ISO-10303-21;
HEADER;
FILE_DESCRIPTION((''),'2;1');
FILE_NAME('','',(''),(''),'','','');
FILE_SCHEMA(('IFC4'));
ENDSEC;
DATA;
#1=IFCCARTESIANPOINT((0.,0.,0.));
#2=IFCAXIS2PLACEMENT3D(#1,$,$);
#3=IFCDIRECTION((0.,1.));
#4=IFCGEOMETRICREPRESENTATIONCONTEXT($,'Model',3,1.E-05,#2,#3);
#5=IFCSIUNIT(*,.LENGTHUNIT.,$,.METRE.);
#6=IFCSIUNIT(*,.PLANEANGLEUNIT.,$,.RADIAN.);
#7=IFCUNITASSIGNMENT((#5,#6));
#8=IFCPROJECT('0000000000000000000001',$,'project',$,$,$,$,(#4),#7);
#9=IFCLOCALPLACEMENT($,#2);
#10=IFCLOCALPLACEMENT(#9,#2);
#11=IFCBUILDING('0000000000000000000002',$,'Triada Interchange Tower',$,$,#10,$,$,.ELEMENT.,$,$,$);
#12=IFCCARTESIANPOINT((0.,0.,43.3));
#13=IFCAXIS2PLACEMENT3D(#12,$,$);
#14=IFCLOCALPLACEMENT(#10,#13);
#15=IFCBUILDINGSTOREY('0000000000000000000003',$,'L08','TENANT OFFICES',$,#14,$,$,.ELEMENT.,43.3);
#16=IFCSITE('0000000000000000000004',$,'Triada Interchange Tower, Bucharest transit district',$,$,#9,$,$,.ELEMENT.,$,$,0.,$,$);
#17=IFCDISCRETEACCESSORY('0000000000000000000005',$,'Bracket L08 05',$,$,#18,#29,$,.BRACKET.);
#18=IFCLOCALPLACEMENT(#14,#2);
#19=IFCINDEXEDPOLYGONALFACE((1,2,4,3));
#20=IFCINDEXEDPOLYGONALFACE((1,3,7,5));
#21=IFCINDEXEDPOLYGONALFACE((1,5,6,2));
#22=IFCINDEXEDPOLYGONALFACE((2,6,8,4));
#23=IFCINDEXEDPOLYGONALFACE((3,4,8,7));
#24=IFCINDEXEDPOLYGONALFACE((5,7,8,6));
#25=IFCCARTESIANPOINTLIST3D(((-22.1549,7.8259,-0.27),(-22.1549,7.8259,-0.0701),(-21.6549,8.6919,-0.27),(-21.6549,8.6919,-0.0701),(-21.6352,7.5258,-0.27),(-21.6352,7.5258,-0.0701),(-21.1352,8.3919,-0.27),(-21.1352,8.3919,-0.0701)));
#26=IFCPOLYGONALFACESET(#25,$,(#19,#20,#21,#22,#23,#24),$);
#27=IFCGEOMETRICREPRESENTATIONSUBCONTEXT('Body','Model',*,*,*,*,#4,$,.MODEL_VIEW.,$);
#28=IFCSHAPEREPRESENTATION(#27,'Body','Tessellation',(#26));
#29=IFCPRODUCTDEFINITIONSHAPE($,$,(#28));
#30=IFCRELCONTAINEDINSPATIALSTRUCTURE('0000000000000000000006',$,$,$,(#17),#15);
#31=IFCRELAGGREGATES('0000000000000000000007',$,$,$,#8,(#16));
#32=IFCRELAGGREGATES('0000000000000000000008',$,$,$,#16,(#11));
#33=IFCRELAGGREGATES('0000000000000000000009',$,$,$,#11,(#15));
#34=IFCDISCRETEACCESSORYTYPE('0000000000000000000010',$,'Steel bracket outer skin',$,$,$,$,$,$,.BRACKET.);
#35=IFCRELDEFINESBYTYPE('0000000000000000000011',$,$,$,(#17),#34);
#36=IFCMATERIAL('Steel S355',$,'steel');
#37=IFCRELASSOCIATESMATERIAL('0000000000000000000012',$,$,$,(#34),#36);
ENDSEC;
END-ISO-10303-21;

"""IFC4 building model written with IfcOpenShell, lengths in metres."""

from ifc_helpers import new_model, si_unit, direction, frame, origin, origin_2d, place, context, subcontext, project, spatial, rectangle, extrude, material, type_object, element, save


model = new_model("IFC4")

# Units and contexts
model_context = context("Model", 3, precision=1e-05, world=origin(), true_north=direction((0.0, 1.0)))
body_context = subcontext(model_context, "Body", "Model", "MODEL_VIEW")
ifc_project = project(units=[si_unit("LENGTHUNIT", "METRE"), si_unit("PLANEANGLEUNIT", "RADIAN")], contexts=[model_context])

# Site, building, storey
site_placement = place(None, origin())
site = spatial("IfcSite", under=ifc_project, at=site_placement, Name="Triada Interchange Tower, Bucharest transit district", CompositionType="ELEMENT", RefElevation=0.0)
building_placement = place(site_placement, origin())
building = spatial("IfcBuilding", under=site, at=building_placement, Name="Triada Interchange Tower", CompositionType="ELEMENT")
storey_placement = place(building_placement, frame((0.0, 0.0, 43.3)))
storey = spatial("IfcBuildingStorey", under=building, at=storey_placement, Name="L08", Description="TENANT OFFICES", CompositionType="ELEMENT", Elevation=43.3)

# Discrete accessory
ifc_material_1 = material(Name="Steel S355", Category="steel")
discrete_accessory_type = type_object("IfcDiscreteAccessoryType", Name="Steel bracket outer skin", PredefinedType="BRACKET", material=ifc_material_1)
for number, where, z_axis, x_axis, name in (
    (1, (-21.645, 8.1089, -0.27), (0.0, 0.0, 1.0), (-0.866021, 0.500008, 0.0), "Bracket L08 05"),
):
    element("IfcDiscreteAccessory", number, at=place(storey_placement, frame(where, z_axis=z_axis, x_axis=x_axis)), inside=storey, type_object=discrete_accessory_type, Name=name, PredefinedType="BRACKET", context=body_context, shape_type="SweptSolid", body=[
        extrude(rectangle(XDim=0.6001, YDim=1.0, at=origin_2d()), origin(), (0.0, 0.0, 1.0), 0.2),
    ])

save(model, "model.ifc")
